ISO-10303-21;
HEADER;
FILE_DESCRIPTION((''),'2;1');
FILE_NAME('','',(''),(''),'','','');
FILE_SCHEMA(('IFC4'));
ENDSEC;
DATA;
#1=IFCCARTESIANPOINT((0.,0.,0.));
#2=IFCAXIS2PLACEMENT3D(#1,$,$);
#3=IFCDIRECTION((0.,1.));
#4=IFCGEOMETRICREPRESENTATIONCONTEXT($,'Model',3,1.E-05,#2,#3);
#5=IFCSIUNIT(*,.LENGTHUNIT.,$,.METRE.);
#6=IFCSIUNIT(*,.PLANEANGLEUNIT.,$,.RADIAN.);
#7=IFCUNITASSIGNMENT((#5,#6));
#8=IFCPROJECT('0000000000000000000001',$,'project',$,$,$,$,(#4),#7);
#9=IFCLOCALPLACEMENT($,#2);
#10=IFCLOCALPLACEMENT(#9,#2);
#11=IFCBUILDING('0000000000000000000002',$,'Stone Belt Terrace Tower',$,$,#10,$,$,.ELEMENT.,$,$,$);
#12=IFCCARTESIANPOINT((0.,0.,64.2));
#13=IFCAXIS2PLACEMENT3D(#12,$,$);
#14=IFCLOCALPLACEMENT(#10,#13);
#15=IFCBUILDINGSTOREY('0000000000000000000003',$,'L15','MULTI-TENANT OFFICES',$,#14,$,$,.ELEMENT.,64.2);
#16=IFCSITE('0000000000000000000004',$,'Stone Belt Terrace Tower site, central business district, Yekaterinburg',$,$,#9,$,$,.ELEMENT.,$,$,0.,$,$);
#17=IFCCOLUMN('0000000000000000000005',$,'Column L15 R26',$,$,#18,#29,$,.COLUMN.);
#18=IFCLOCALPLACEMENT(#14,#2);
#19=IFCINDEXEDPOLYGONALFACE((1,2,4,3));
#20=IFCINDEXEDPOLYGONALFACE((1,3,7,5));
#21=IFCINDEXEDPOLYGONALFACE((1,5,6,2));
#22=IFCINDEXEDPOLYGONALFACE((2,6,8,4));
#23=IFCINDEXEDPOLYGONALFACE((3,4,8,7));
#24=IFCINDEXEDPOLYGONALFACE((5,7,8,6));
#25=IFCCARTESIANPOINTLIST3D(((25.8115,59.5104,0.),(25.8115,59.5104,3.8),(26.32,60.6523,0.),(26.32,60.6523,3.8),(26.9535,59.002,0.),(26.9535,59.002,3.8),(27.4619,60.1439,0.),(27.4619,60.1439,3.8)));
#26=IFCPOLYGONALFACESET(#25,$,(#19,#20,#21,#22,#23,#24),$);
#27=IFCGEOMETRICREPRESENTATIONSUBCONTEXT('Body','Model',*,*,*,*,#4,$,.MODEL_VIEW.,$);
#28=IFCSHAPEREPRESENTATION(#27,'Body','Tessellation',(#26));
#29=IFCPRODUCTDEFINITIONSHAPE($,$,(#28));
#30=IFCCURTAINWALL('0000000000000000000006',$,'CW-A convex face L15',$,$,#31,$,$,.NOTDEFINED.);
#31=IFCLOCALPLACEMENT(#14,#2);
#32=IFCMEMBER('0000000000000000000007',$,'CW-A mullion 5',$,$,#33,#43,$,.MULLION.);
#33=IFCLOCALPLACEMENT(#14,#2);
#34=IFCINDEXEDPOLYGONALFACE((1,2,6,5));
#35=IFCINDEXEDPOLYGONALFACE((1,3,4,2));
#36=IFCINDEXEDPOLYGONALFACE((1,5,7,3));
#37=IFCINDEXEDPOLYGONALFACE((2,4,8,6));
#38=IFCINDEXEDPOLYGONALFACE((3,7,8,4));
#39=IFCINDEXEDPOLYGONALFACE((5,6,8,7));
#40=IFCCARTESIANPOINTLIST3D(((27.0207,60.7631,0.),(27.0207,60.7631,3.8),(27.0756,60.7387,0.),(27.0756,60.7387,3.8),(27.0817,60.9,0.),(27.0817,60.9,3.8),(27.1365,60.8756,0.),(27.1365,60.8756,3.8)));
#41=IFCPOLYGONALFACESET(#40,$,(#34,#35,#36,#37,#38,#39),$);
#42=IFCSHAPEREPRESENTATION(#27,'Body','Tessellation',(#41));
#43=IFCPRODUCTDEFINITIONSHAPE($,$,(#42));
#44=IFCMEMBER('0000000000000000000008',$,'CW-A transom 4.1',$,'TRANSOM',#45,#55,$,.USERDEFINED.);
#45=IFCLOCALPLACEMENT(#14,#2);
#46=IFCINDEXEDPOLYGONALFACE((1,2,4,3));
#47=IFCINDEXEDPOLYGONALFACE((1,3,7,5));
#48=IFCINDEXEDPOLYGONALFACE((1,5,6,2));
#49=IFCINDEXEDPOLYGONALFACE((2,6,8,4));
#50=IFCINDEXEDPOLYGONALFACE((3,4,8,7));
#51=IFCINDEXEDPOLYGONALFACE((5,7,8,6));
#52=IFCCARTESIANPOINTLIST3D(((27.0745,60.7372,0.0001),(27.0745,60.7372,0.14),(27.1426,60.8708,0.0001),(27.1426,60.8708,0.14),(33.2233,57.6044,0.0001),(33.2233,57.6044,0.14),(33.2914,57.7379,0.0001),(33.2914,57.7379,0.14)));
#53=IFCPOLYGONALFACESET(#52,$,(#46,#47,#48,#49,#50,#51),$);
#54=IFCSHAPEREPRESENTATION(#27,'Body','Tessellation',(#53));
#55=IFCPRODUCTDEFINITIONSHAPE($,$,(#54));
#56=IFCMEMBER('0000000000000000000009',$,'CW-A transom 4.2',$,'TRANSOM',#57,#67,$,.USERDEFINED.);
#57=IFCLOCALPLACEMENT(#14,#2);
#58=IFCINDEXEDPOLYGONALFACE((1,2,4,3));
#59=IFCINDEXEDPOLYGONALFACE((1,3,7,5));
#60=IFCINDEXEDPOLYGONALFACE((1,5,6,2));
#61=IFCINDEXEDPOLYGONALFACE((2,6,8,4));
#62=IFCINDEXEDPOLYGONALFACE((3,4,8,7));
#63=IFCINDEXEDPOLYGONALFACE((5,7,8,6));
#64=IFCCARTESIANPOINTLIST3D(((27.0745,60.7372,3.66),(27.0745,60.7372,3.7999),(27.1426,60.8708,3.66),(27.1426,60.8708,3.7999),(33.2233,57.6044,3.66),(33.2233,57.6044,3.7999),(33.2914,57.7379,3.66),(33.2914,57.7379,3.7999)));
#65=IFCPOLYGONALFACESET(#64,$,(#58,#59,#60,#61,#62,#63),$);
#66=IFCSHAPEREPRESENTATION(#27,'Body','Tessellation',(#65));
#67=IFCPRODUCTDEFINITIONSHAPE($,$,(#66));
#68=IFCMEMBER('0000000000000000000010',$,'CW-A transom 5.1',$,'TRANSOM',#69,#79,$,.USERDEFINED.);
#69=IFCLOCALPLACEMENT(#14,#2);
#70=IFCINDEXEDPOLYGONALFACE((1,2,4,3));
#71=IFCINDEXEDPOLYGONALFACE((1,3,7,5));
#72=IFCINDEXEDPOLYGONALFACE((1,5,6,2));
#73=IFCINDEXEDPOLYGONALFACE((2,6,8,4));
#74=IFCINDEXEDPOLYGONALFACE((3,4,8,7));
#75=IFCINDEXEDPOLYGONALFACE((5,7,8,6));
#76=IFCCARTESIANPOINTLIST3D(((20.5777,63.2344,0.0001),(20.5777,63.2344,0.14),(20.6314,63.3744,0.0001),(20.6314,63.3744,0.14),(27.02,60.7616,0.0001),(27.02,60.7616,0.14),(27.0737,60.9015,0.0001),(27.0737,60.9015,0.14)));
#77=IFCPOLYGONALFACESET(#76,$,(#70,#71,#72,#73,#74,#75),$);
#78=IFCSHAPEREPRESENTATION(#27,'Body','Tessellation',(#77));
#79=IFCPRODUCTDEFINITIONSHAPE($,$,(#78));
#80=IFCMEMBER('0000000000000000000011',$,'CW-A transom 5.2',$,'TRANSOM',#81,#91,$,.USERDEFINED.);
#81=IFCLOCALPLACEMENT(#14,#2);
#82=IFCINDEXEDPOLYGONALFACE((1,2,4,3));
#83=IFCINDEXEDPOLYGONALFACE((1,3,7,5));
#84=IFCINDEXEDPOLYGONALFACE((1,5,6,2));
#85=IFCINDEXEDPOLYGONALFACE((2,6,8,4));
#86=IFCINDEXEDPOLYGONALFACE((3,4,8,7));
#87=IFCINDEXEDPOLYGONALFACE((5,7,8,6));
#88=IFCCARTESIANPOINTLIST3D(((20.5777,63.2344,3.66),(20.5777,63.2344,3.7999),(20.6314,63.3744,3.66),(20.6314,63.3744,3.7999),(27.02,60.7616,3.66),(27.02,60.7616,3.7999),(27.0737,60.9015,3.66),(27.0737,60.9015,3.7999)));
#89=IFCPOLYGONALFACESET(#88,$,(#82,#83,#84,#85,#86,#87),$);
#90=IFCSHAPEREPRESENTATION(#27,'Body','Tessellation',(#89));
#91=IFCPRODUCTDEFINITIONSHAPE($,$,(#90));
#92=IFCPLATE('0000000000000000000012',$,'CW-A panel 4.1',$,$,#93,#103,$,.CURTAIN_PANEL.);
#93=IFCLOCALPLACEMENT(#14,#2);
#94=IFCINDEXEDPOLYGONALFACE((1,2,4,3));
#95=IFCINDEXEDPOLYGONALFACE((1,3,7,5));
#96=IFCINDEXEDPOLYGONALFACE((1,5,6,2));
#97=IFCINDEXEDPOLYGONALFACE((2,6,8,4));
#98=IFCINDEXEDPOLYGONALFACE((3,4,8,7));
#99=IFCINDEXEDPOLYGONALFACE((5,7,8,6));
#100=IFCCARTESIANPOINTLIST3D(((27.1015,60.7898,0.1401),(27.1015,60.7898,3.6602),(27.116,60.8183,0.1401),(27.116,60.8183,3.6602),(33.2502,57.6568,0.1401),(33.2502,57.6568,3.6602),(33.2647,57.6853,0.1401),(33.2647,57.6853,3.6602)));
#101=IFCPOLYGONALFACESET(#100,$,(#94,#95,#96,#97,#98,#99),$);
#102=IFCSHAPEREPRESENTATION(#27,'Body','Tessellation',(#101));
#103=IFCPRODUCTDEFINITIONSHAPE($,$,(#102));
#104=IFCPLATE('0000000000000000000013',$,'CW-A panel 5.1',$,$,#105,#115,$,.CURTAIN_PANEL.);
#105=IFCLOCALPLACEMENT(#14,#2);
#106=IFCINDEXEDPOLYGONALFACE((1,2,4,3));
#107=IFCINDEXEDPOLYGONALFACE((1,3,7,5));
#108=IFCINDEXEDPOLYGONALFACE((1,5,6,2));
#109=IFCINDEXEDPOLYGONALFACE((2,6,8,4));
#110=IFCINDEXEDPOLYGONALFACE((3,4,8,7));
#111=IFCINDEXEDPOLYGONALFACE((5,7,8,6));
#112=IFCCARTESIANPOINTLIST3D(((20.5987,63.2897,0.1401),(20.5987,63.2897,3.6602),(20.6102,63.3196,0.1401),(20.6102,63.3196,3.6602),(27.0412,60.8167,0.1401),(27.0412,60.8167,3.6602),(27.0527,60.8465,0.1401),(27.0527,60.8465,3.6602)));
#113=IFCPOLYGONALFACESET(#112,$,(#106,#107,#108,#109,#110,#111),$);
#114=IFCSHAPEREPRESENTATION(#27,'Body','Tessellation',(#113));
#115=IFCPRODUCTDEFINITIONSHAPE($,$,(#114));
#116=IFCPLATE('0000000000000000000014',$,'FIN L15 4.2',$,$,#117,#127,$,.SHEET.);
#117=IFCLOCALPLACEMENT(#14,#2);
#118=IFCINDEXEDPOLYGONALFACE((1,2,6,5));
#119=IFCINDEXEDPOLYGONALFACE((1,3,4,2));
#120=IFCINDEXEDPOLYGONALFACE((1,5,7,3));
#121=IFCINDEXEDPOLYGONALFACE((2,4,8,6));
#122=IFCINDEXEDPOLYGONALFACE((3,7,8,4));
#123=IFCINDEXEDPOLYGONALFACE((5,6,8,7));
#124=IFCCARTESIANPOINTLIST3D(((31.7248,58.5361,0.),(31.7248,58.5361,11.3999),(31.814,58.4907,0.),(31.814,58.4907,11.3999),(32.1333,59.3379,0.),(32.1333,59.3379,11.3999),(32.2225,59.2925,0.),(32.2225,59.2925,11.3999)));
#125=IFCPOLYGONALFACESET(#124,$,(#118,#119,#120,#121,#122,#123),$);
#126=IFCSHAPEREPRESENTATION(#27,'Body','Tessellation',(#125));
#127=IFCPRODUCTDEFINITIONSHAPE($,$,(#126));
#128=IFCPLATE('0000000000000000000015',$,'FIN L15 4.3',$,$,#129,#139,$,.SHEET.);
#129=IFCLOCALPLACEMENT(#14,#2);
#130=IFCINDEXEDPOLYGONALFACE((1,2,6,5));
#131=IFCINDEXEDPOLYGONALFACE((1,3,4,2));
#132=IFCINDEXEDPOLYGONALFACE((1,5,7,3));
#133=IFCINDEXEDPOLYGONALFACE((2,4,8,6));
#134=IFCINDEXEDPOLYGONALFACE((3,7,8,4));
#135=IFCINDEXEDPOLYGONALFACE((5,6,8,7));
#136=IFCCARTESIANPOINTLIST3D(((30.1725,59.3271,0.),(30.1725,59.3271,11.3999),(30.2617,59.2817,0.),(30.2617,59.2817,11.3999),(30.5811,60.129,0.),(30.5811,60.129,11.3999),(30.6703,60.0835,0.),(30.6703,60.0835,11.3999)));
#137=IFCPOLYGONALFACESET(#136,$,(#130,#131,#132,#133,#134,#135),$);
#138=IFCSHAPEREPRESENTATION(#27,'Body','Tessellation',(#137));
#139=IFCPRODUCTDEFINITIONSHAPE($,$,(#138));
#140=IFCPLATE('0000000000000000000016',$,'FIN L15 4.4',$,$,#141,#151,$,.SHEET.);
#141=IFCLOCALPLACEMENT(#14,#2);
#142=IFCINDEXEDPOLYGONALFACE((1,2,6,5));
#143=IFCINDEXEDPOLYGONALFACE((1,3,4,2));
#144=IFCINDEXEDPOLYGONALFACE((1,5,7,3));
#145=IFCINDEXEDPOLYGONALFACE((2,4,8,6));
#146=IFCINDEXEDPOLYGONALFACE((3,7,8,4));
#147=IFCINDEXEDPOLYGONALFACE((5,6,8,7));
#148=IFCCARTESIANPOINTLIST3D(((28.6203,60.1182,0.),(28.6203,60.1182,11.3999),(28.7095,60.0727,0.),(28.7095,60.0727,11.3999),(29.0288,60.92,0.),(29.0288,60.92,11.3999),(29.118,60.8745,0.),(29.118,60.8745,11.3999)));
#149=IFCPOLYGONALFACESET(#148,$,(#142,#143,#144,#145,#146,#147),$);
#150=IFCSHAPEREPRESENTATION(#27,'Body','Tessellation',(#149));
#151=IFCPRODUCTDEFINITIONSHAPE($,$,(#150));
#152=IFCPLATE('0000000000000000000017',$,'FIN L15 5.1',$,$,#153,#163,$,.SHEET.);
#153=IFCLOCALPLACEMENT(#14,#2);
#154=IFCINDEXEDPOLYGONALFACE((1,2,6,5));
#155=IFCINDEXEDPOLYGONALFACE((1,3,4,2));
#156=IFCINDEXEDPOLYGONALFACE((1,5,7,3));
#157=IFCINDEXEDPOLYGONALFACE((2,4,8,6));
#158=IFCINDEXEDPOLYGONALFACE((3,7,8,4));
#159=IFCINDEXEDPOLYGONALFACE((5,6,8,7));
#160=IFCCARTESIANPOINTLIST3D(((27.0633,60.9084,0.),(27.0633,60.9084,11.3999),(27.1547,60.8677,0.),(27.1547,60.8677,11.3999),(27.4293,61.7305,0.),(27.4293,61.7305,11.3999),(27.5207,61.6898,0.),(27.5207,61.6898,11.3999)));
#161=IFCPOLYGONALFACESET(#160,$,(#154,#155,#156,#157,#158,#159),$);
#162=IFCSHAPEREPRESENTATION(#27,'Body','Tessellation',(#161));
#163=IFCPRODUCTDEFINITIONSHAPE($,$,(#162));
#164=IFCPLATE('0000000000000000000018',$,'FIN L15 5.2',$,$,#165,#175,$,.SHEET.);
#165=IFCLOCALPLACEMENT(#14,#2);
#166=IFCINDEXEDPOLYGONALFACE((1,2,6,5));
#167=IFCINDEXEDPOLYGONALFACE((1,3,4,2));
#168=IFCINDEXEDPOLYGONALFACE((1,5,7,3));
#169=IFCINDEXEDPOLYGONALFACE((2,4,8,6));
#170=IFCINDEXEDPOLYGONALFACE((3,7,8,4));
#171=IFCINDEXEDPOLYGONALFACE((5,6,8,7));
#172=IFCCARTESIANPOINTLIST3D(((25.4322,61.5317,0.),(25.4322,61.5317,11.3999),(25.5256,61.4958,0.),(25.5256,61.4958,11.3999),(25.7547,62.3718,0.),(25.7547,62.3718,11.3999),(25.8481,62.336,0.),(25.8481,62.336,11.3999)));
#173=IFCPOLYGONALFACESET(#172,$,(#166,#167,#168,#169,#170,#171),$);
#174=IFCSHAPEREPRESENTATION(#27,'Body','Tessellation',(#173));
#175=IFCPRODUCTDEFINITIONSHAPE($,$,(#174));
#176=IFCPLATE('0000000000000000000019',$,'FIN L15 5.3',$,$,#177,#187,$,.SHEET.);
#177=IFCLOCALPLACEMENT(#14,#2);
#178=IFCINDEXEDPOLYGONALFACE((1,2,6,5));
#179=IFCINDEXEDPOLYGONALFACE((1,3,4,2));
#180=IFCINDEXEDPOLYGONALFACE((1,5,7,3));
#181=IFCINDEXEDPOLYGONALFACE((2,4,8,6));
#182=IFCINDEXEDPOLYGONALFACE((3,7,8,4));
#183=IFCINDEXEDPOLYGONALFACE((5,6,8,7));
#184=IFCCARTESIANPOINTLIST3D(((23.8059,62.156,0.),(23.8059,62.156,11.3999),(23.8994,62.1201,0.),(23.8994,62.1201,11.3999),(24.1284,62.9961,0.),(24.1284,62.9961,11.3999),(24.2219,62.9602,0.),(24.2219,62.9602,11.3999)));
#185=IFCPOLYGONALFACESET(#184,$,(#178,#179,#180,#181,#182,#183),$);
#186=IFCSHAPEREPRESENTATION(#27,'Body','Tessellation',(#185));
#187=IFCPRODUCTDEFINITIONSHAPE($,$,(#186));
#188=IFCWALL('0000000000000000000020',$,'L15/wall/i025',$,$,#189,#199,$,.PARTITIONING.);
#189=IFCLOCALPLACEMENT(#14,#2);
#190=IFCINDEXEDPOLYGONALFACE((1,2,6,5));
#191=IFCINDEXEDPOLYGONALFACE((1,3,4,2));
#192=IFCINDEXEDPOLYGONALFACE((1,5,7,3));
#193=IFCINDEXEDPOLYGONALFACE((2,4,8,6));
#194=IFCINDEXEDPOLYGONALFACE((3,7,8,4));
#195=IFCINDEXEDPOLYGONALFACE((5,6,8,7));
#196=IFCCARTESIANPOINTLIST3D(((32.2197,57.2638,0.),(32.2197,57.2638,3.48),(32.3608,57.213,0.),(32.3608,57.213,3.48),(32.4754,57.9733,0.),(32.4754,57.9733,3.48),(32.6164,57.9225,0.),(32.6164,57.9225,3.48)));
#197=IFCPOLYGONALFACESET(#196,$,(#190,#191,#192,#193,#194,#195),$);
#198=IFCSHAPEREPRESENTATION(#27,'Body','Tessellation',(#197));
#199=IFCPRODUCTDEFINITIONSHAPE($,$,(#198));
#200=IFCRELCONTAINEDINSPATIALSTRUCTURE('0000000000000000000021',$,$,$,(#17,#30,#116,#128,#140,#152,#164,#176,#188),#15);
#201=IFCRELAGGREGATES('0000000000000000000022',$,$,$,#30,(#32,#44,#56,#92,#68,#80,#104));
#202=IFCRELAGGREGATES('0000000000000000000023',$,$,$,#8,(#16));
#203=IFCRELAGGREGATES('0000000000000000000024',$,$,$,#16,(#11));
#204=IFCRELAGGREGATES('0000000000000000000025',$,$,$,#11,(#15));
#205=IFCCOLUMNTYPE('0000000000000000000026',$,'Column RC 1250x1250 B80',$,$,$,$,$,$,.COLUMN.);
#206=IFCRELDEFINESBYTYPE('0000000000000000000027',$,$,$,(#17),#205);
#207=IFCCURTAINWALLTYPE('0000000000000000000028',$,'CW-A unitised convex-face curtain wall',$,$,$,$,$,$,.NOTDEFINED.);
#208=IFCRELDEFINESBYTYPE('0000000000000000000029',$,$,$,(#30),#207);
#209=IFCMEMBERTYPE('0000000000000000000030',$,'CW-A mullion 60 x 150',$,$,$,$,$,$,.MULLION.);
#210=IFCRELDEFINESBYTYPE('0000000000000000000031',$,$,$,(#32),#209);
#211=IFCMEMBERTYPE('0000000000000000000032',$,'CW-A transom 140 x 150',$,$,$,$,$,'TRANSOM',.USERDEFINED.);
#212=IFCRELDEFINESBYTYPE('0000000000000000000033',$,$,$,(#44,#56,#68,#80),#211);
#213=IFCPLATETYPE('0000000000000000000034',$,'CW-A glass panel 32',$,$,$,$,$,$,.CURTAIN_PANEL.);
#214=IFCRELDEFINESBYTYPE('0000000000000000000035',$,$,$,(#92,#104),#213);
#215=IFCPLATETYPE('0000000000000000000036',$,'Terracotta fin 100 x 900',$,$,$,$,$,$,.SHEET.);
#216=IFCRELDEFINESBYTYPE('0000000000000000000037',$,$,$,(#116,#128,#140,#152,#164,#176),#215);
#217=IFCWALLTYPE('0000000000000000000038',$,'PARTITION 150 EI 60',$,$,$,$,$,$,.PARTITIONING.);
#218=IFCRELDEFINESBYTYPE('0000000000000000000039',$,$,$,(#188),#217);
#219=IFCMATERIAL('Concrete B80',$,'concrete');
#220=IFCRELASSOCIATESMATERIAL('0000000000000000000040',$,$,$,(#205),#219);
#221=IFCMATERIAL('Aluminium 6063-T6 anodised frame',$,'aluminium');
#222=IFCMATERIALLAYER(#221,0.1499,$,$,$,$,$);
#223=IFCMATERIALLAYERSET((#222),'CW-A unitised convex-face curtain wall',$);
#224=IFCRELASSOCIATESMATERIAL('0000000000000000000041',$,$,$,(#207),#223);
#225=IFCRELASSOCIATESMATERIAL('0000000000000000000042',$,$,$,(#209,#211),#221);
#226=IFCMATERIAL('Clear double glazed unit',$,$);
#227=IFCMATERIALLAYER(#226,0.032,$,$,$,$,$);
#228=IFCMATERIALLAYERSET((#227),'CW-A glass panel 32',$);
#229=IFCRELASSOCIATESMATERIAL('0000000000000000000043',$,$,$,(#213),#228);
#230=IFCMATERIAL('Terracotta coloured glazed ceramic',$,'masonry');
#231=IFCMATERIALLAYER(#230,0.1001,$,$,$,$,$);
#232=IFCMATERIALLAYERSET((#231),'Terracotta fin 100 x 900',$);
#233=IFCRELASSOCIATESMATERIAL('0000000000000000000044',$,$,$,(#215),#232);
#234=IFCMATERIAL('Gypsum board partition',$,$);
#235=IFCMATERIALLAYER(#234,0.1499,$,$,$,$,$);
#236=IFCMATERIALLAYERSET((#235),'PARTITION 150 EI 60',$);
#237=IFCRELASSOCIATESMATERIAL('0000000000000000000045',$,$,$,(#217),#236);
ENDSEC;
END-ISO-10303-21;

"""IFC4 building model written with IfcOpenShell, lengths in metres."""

from ifc_helpers import new_model, si_unit, direction, frame, frame_2d, origin, origin_2d, place, context, subcontext, project, spatial, rectangle, extrude, material, layer, layer_set, material_profile, profile_set, type_object, element, aggregate, save


model = new_model("IFC4")

# Units and contexts
model_context = context("Model", 3, precision=1e-05, world=origin(), true_north=direction((0.0, 1.0)))
body_context = subcontext(model_context, "Body", "Model", "MODEL_VIEW")
ifc_project = project(units=[si_unit("LENGTHUNIT", "METRE"), si_unit("PLANEANGLEUNIT", "RADIAN")], contexts=[model_context])

# Site, building, storey
site_placement = place(None, origin())
site = spatial("IfcSite", under=ifc_project, at=site_placement, Name="Stone Belt Terrace Tower site, central business district, Yekaterinburg", CompositionType="ELEMENT", RefElevation=0.0)
building_placement = place(site_placement, origin())
building = spatial("IfcBuilding", under=site, at=building_placement, Name="Stone Belt Terrace Tower", CompositionType="ELEMENT")
storey_placement = place(building_placement, frame((0.0, 0.0, 64.2)))
storey = spatial("IfcBuildingStorey", under=building, at=storey_placement, Name="L15", Description="MULTI-TENANT OFFICES", CompositionType="ELEMENT", Elevation=64.2)

# Column
ifc_material_1 = material(Name="Concrete B80", Category="concrete")
ifc_material_profile_1 = material_profile(ifc_material_1, rectangle(XDim=1.25, YDim=1.25, at=origin_2d()), Name="RC 1250x1250")
ifc_profile_set_1 = profile_set([ifc_material_profile_1], Name="Concrete B80")
column_type = type_object("IfcColumnType", Name="Column RC 1250x1250 B80", PredefinedType="COLUMN", material=ifc_profile_set_1)
column_placement = place(storey_placement, frame((26.6367, 59.8271, 0.0), z_axis=(0.0, 0.0, 1.0), x_axis=(0.913545, -0.406737, 0.0)))
element("IfcColumn", 1, at=column_placement, inside=storey, type_object=column_type, Name="Column L15 R26", PredefinedType="COLUMN", context=body_context, shape_type="SweptSolid", body=[
    extrude(rectangle(XDim=1.25, YDim=1.25, at=origin_2d()), origin(), (0.0, 0.0, 1.0), 3.8),
])

# Curtain wall, members, plates
ifc_material_2 = material(Name="Aluminium 6063-T6 anodised frame", Category="aluminium")
ifc_layer_1 = layer(ifc_material_2, 0.1499)
ifc_layer_set_1 = layer_set([ifc_layer_1], Name="CW-A unitised convex-face curtain wall")
curtain_wall_type = type_object("IfcCurtainWallType", Name="CW-A unitised convex-face curtain wall", PredefinedType="NOTDEFINED", material=ifc_layer_set_1)
curtain_wall_placement = place(storey_placement, origin())
curtain_wall = element("IfcCurtainWall", 2, at=curtain_wall_placement, inside=storey, type_object=curtain_wall_type, Name="CW-A convex face L15", PredefinedType="NOTDEFINED")
ifc_material_profile_2 = material_profile(ifc_material_2, rectangle(XDim=0.1499, YDim=0.0601, at=origin_2d()), Name="Aluminium 6063-T6 60x150")
ifc_profile_set_2 = profile_set([ifc_material_profile_2], Name="Aluminium 6063-T6 anodised frame")
member_type_1 = type_object("IfcMemberType", Name="CW-A mullion 60 x 150", PredefinedType="MULLION", material=ifc_profile_set_2)
member_1_placement = place(storey_placement, frame((27.0786, 60.8193, 0.0), z_axis=(0.0, 0.0, 1.0), x_axis=(-0.406737, -0.913545, 0.0)))
member_1 = element("IfcMember", 3, at=member_1_placement, type_object=member_type_1, Name="CW-A mullion 5", PredefinedType="MULLION", context=body_context, shape_type="SweptSolid", body=[
    extrude(rectangle(XDim=0.1499, YDim=0.0601, at=origin_2d()), origin(), (0.0, 0.0, 1.0), 3.8),
])
ifc_material_profile_3 = material_profile(ifc_material_2, rectangle(XDim=0.1499, YDim=0.1399, at=origin_2d()), Name="Aluminium 6063-T6 150x140")
ifc_profile_set_3 = profile_set([ifc_material_profile_3], Name="Aluminium 6063-T6 anodised frame")
member_type_2 = type_object("IfcMemberType", Name="CW-A transom 140 x 150", ElementType="TRANSOM", PredefinedType="USERDEFINED", material=ifc_profile_set_3)
member_2_placement = place(storey_placement, frame((33.2573, 57.6711, 0.0701), z_axis=(-0.891012, 0.453979, 0.0), x_axis=(-0.453979, -0.891012, 0.0)))
member_2 = element("IfcMember", 4, at=member_2_placement, type_object=member_type_2, Name="CW-A transom 4.1", ObjectType="TRANSOM", PredefinedType="USERDEFINED", context=body_context, shape_type="SweptSolid", body=[
    extrude(rectangle(XDim=0.1499, YDim=0.1399, at=origin_2d()), origin(), (0.0, 0.0, 1.0), 6.9009),
])
member_3_placement = place(storey_placement, frame((33.2573, 57.6711, 3.73), z_axis=(-0.891012, 0.453979, 0.0), x_axis=(-0.453979, -0.891012, 0.0)))
member_3 = element("IfcMember", 5, at=member_3_placement, type_object=member_type_2, Name="CW-A transom 4.2", ObjectType="TRANSOM", PredefinedType="USERDEFINED", context=body_context, shape_type="SweptSolid", body=[
    extrude(rectangle(XDim=0.1499, YDim=0.1399, at=origin_2d()), origin(), (0.0, 0.0, 1.0), 6.9009),
])
member_4_placement = place(storey_placement, frame((27.0469, 60.8315, 0.0701), z_axis=(-0.933585, 0.358355, 0.0), x_axis=(-0.358355, -0.933585, 0.0)))
member_4 = element("IfcMember", 6, at=member_4_placement, type_object=member_type_2, Name="CW-A transom 5.1", ObjectType="TRANSOM", PredefinedType="USERDEFINED", context=body_context, shape_type="SweptSolid", body=[
    extrude(rectangle(XDim=0.1499, YDim=0.1399, at=origin_2d()), origin(), (0.0, 0.0, 1.0), 6.9006),
])
member_5_placement = place(storey_placement, frame((27.0469, 60.8315, 3.73), z_axis=(-0.933585, 0.358355, 0.0), x_axis=(-0.358355, -0.933585, 0.0)))
member_5 = element("IfcMember", 7, at=member_5_placement, type_object=member_type_2, Name="CW-A transom 5.2", ObjectType="TRANSOM", PredefinedType="USERDEFINED", context=body_context, shape_type="SweptSolid", body=[
    extrude(rectangle(XDim=0.1499, YDim=0.1399, at=origin_2d()), origin(), (0.0, 0.0, 1.0), 6.9006),
])
ifc_material_3 = material(Name="Clear double glazed unit")
ifc_layer_2 = layer(ifc_material_3, 0.032)
ifc_layer_set_2 = layer_set([ifc_layer_2], Name="CW-A glass panel 32")
plate_type_1 = type_object("IfcPlateType", Name="CW-A glass panel 32", PredefinedType="CURTAIN_PANEL", material=ifc_layer_set_2)
plate_1_placement = place(storey_placement, frame((30.1831, 59.2375, 0.1401), z_axis=(0.0, 0.0, 1.0), x_axis=(-0.891007, 0.45399, 0.0)))
plate_1 = element("IfcPlate", 8, at=plate_1_placement, type_object=plate_type_1, Name="CW-A panel 4.1", PredefinedType="CURTAIN_PANEL", context=body_context, shape_type="SweptSolid", body=[
    extrude(rectangle(XDim=6.9009, YDim=0.032, at=origin_2d()), origin(), (0.0, 0.0, 1.0), 3.52),
])
plate_2_placement = place(storey_placement, frame((23.8257, 62.0681, 0.1401), z_axis=(0.0, 0.0, 1.0), x_axis=(-0.93358, 0.358368, 0.0)))
plate_2 = element("IfcPlate", 9, at=plate_2_placement, type_object=plate_type_1, Name="CW-A panel 5.1", PredefinedType="CURTAIN_PANEL", context=body_context, shape_type="SweptSolid", body=[
    extrude(rectangle(XDim=6.9009, YDim=0.032, at=origin_2d()), origin(), (0.0, 0.0, 1.0), 3.52),
])
aggregate(curtain_wall, [member_1, member_2, member_3, plate_1, member_4, member_5, plate_2])

# Plates
ifc_material_4 = material(Name="Terracotta coloured glazed ceramic", Category="masonry")
ifc_layer_3 = layer(ifc_material_4, 0.1001)
ifc_layer_set_3 = layer_set([ifc_layer_3], Name="Terracotta fin 100 x 900")
plate_type_2 = type_object("IfcPlateType", Name="Terracotta fin 100 x 900", PredefinedType="SHEET", material=ifc_layer_set_3)
for number, where, z_axis, x_axis, name in (
    (10, (31.9736, 58.9143, 0.0), (0.0, 0.0, 1.0), (0.45399, 0.891007, 0.0), "FIN L15 4.2"),
    (11, (30.4214, 59.7053, 0.0), (0.0, 0.0, 1.0), (0.45399, 0.891007, 0.0), "FIN L15 4.3"),
    (12, (28.8691, 60.4963, 0.0), (0.0, 0.0, 1.0), (0.45399, 0.891007, 0.0), "FIN L15 4.4"),
    (13, (27.292, 61.2991, 0.0), (0.0, 0.0, 1.0), (0.406737, 0.913545, 0.0), "FIN L15 5.1"),
    (14, (25.6401, 61.9338, 0.0), (0.0, 0.0, 1.0), (0.358368, 0.93358, 0.0), "FIN L15 5.2"),
    (15, (24.0139, 62.5581, 0.0), (0.0, 0.0, 1.0), (0.358368, 0.93358, 0.0), "FIN L15 5.3"),
):
    element("IfcPlate", number, at=place(storey_placement, frame(where, z_axis=z_axis, x_axis=x_axis)), inside=storey, type_object=plate_type_2, Name=name, PredefinedType="SHEET", context=body_context, shape_type="SweptSolid", body=[
        extrude(rectangle(XDim=0.8999, YDim=0.1001, at=origin_2d()), origin(), (0.0, 0.0, 1.0), 11.3999),
    ])

# Wall
ifc_material_5 = material(Name="Gypsum board partition")
ifc_layer_4 = layer(ifc_material_5, 0.1499)
ifc_layer_set_4 = layer_set([ifc_layer_4], Name="PARTITION 150 EI 60")
wall_type = type_object("IfcWallType", Name="PARTITION 150 EI 60", PredefinedType="PARTITIONING", material=ifc_layer_set_4)
wall_placement = place(storey_placement, frame((32.2903, 57.2385, 0.0), z_axis=(0.0, 0.0, 1.0), x_axis=(0.33896, 0.940801, 0.0)))
element("IfcWall", 16, at=wall_placement, inside=storey, type_object=wall_type, Name="L15/wall/i025", PredefinedType="PARTITIONING", context=body_context, shape_type="SweptSolid", body=[
    extrude(rectangle(XDim=0.7542, YDim=0.1499, at=frame_2d((0.377, 0.0))), origin(), (0.0, 0.0, 1.0), 3.48),
])

save(model, "model.ifc")
